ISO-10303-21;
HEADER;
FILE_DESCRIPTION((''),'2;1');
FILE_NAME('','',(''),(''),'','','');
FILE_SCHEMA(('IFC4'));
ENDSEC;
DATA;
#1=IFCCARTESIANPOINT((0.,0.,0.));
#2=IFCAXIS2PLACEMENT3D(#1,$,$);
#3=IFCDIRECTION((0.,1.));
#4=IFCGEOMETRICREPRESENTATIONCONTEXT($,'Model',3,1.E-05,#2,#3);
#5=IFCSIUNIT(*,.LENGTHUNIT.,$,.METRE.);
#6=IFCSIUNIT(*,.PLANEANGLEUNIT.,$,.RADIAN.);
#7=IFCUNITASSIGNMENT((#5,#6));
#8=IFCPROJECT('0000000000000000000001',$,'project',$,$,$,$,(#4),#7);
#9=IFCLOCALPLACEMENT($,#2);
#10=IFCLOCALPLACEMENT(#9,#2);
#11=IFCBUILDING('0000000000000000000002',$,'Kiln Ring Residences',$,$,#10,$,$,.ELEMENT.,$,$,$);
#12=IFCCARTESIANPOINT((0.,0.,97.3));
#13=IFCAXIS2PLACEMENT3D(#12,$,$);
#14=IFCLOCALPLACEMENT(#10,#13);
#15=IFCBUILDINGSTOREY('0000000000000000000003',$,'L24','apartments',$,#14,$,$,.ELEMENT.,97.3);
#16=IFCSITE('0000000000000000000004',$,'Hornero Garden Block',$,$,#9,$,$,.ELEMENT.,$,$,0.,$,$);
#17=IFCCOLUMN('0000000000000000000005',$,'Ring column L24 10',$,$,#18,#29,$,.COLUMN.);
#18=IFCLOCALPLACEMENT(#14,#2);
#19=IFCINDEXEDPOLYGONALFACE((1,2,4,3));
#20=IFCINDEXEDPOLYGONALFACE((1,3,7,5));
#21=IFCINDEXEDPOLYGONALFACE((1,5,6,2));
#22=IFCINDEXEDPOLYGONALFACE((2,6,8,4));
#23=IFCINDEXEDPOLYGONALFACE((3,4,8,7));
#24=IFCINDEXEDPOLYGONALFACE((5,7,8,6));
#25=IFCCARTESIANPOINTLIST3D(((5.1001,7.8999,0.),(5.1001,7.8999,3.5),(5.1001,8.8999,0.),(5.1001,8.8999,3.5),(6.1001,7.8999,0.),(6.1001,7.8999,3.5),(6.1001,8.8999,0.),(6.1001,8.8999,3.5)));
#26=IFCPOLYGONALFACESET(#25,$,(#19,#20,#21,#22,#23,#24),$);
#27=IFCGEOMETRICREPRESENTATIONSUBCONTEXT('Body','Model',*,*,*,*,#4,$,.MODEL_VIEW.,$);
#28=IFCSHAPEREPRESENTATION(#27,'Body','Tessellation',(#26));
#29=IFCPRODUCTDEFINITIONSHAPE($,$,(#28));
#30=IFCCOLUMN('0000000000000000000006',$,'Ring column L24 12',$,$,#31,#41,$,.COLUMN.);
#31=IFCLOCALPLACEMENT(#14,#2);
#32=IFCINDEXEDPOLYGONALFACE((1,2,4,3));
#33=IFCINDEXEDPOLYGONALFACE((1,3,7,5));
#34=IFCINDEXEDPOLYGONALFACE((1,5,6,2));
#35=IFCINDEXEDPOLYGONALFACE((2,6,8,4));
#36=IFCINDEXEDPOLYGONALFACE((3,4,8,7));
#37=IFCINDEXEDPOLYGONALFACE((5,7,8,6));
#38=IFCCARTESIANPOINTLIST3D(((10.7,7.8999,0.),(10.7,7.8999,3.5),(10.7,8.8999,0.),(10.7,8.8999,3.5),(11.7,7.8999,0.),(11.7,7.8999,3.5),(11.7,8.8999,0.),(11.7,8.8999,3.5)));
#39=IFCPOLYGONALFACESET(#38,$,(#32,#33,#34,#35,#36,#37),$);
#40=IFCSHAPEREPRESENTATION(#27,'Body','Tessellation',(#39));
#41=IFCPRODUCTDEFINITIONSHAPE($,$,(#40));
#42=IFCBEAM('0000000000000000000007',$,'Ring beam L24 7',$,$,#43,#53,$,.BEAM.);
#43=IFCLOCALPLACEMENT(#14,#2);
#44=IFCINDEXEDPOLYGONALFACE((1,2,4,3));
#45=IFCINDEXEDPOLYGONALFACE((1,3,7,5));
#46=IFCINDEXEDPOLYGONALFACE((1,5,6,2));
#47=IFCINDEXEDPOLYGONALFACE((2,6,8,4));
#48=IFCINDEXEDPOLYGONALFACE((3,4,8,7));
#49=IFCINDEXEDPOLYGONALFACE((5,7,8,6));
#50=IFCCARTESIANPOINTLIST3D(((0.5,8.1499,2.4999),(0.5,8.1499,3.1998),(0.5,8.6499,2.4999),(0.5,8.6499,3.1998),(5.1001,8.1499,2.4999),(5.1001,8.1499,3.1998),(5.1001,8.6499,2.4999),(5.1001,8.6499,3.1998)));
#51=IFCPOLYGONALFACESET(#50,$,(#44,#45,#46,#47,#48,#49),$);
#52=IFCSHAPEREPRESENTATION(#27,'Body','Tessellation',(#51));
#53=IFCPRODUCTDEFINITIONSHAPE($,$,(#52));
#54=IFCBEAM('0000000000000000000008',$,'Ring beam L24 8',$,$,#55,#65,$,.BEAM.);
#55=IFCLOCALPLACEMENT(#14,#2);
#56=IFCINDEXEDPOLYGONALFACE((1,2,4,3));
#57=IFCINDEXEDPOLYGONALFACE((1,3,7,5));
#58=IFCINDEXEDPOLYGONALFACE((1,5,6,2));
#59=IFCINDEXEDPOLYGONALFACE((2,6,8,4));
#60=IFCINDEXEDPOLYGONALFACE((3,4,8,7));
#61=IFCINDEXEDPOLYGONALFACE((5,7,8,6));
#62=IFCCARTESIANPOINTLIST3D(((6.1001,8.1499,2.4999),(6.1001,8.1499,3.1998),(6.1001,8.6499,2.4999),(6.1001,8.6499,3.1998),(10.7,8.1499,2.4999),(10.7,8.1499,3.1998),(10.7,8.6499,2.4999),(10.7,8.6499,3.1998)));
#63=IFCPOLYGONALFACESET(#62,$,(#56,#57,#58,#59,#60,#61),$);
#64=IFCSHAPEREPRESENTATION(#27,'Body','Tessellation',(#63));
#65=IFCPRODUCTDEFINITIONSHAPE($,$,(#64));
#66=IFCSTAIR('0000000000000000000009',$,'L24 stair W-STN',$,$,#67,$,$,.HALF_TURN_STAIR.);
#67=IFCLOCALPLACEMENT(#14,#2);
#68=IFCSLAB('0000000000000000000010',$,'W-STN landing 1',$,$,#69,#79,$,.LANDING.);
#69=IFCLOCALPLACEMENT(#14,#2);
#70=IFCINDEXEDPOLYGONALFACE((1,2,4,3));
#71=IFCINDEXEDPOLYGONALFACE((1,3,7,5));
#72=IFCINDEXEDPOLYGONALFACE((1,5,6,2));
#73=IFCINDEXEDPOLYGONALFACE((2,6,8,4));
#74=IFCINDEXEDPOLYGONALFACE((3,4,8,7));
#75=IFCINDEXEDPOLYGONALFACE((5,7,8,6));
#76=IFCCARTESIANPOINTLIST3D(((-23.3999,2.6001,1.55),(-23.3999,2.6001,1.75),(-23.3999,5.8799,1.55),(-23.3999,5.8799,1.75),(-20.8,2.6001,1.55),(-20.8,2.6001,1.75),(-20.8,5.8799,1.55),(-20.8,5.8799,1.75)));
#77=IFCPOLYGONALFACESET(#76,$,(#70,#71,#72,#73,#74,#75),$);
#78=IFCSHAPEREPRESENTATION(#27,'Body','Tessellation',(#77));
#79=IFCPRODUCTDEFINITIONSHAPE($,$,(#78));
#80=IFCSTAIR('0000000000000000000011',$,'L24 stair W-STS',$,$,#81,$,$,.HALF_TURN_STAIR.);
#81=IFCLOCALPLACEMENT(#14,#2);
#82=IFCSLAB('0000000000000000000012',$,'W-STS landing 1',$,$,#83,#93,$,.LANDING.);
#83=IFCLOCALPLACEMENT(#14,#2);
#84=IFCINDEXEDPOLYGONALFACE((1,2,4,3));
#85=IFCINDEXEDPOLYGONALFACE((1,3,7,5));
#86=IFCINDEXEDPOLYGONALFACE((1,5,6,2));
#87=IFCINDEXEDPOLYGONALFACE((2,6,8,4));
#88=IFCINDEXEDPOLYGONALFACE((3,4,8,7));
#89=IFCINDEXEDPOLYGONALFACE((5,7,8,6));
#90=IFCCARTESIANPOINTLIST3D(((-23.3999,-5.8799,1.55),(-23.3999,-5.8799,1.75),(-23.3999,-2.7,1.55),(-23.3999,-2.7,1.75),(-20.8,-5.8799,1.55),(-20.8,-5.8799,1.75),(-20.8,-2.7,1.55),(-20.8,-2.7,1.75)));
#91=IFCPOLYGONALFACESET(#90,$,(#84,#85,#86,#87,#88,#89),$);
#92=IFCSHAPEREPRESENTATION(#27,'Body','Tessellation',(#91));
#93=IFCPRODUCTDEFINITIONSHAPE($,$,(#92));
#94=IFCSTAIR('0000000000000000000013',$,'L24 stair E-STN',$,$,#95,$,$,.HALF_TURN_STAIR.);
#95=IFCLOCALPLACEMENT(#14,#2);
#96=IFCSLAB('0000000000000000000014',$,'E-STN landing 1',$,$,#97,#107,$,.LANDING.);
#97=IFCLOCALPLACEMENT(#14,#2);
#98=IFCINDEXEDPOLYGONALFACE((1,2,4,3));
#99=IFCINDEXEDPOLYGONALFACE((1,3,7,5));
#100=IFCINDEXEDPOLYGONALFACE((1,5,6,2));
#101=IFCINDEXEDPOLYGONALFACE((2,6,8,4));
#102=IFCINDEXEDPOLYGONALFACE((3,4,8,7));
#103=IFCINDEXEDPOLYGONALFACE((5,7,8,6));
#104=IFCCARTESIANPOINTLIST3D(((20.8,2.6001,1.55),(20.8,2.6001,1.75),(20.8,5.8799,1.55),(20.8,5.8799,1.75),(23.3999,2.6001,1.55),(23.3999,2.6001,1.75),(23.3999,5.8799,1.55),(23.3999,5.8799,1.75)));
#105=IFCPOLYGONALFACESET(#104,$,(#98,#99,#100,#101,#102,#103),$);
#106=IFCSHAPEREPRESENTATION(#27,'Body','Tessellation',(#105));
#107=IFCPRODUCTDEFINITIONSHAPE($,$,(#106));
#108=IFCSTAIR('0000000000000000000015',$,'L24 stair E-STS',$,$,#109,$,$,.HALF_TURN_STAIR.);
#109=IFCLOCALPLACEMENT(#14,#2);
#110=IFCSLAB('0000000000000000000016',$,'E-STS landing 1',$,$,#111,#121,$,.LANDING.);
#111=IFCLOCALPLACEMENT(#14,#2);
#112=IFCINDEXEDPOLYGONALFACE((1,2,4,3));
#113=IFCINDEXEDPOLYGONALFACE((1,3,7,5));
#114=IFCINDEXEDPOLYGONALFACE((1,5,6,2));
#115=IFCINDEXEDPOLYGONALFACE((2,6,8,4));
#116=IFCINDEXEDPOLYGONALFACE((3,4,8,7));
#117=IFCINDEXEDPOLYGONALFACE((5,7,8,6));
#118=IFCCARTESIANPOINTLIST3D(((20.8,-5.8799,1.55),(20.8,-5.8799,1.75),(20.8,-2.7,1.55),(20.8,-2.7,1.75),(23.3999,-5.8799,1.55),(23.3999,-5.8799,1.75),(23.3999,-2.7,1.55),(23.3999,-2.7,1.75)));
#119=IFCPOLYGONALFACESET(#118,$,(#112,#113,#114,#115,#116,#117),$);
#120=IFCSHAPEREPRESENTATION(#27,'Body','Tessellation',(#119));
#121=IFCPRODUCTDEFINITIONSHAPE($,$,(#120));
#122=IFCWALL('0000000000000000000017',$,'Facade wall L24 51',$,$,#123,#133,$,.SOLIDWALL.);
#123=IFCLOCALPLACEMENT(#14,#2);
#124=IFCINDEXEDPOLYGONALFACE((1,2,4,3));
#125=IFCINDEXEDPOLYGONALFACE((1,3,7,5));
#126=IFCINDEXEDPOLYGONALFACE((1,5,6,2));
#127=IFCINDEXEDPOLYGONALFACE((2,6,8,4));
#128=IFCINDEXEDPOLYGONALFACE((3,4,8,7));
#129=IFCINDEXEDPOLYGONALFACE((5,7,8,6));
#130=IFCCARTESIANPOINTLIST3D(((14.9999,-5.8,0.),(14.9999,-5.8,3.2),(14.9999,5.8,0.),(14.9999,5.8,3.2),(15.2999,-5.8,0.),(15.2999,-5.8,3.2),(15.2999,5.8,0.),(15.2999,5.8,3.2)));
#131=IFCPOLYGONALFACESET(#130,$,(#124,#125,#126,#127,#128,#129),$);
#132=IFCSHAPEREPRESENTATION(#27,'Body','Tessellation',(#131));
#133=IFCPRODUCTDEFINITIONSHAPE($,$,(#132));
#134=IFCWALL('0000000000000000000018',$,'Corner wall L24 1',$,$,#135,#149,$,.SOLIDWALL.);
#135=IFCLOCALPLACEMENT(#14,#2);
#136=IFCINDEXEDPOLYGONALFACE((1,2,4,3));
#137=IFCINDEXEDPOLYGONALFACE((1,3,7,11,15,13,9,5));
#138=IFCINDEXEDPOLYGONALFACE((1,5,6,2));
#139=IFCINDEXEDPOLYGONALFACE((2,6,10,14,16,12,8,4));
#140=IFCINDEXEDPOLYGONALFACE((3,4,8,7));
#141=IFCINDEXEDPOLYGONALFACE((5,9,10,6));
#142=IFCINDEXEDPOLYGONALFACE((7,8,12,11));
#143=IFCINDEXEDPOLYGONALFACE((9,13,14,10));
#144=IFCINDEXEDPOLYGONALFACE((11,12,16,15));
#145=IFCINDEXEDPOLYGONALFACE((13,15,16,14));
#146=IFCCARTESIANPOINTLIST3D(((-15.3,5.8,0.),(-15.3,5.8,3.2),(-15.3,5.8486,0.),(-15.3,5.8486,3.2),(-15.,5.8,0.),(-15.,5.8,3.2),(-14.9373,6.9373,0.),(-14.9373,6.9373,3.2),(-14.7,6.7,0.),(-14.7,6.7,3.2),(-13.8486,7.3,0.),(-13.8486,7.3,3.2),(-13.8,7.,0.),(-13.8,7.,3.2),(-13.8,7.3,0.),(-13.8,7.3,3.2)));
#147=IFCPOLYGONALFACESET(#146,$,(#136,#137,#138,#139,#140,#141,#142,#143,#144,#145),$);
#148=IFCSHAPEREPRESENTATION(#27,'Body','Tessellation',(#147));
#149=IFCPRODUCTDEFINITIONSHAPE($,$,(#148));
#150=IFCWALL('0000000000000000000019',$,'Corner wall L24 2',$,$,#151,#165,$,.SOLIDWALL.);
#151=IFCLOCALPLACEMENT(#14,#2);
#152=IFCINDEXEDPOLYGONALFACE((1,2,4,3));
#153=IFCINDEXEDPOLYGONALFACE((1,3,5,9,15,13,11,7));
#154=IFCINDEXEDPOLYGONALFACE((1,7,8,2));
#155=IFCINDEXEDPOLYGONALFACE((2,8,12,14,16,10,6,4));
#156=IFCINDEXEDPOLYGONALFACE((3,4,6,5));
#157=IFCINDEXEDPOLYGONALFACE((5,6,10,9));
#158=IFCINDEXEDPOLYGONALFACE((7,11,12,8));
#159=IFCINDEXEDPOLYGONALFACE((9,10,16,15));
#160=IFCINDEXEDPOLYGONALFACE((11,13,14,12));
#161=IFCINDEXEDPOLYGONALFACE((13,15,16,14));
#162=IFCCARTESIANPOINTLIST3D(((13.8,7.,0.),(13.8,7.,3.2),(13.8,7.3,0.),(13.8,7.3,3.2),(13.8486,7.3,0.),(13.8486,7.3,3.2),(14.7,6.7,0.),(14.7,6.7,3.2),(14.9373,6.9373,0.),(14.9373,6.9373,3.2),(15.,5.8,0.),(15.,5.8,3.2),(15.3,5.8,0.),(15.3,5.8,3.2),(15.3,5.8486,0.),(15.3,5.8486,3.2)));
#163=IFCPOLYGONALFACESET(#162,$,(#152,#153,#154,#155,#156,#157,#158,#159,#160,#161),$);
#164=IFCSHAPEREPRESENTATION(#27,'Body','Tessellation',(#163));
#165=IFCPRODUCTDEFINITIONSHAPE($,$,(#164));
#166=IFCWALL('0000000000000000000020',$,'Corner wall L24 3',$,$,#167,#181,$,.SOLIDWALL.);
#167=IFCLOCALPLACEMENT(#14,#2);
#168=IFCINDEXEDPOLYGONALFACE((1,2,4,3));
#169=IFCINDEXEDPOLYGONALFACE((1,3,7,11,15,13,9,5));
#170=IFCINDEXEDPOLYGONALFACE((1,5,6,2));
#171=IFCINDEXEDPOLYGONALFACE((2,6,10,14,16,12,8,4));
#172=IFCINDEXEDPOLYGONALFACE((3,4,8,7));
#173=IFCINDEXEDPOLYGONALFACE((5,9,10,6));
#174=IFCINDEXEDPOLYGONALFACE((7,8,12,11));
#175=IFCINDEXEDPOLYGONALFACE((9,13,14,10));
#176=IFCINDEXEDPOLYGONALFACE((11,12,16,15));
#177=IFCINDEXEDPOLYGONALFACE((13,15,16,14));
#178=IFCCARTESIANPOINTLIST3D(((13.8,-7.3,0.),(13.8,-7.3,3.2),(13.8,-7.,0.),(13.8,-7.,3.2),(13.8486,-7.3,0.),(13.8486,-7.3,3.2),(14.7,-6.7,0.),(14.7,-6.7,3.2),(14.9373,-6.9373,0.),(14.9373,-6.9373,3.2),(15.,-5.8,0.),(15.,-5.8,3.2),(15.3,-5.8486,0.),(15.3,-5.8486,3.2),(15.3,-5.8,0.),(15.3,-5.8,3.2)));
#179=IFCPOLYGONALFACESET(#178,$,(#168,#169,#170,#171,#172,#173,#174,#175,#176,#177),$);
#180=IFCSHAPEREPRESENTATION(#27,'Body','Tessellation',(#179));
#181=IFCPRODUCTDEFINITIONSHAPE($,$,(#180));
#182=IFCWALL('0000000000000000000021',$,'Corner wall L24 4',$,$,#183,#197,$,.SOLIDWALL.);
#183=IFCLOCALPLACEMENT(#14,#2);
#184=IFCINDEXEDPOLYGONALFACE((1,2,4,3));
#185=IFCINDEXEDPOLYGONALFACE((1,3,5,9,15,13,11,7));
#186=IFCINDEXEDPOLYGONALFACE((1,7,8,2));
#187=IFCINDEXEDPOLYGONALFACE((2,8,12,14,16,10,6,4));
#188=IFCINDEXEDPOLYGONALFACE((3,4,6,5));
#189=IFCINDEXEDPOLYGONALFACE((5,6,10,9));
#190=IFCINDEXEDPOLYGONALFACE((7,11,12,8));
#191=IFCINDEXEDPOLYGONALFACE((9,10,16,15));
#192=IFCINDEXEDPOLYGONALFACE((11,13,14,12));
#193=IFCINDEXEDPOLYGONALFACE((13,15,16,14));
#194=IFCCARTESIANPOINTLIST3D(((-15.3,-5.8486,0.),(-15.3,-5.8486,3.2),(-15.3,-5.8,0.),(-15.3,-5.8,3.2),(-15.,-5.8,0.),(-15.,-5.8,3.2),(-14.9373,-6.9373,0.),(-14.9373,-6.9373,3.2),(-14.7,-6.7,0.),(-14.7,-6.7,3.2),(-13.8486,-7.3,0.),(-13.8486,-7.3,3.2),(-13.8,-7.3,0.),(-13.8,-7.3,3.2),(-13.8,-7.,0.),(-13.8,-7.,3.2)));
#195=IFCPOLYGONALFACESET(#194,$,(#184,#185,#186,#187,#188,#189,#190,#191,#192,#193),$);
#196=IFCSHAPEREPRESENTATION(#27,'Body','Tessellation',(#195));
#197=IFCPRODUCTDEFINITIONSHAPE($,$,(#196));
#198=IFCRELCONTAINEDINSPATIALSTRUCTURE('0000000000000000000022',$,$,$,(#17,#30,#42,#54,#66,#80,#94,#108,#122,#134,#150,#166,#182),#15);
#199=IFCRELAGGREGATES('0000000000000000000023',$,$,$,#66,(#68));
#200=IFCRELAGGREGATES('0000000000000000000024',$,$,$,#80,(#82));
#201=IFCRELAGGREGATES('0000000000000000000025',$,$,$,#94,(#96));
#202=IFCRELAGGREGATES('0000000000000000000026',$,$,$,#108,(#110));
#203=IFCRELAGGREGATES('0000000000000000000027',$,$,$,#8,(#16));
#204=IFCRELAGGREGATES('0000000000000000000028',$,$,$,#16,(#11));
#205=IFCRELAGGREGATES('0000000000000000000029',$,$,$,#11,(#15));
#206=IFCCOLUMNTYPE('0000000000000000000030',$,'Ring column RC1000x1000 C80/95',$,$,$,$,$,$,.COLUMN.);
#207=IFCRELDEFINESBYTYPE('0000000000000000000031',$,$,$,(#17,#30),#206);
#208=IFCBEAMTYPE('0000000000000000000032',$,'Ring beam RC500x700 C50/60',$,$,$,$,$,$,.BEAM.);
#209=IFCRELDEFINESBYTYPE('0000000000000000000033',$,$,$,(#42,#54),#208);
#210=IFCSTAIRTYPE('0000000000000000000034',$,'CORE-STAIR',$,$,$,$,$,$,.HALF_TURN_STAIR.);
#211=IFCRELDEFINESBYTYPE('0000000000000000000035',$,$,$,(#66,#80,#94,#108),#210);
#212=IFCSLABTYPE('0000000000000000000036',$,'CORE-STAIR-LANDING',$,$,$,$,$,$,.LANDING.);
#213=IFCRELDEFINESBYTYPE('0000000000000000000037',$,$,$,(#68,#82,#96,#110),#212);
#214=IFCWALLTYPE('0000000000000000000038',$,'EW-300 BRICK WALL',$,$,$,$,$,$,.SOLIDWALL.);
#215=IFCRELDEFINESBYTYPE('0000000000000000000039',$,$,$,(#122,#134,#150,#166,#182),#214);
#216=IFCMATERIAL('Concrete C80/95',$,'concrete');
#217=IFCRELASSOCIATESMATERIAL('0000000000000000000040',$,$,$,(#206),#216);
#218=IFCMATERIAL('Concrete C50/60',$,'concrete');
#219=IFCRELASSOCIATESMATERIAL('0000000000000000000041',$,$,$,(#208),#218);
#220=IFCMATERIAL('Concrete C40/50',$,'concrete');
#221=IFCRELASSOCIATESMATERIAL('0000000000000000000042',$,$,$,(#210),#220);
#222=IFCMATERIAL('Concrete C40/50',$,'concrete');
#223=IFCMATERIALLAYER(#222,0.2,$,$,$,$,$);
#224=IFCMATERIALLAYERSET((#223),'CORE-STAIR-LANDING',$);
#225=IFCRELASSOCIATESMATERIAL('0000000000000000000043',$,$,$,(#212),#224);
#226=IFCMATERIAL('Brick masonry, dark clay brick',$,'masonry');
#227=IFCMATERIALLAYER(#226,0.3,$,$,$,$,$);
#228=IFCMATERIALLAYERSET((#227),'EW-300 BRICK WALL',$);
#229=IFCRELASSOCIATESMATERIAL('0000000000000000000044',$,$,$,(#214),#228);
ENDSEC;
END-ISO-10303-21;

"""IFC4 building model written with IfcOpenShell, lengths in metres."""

from ifc_helpers import new_model, si_unit, direction, frame, frame_2d, origin, origin_2d, place, context, subcontext, project, spatial, polyline, rectangle, outline, extrude, material, layer, layer_set, material_profile, profile_set, type_object, element, aggregate, save


model = new_model("IFC4")

# Units and contexts
model_context = context("Model", 3, precision=1e-05, world=origin(), true_north=direction((0.0, 1.0)))
body_context = subcontext(model_context, "Body", "Model", "MODEL_VIEW")
ifc_project = project(units=[si_unit("LENGTHUNIT", "METRE"), si_unit("PLANEANGLEUNIT", "RADIAN")], contexts=[model_context])

# Site, building, storey
site_placement = place(None, origin())
site = spatial("IfcSite", under=ifc_project, at=site_placement, Name="Hornero Garden Block", CompositionType="ELEMENT", RefElevation=0.0)
building_placement = place(site_placement, origin())
building = spatial("IfcBuilding", under=site, at=building_placement, Name="Kiln Ring Residences", CompositionType="ELEMENT")
storey_placement = place(building_placement, frame((0.0, 0.0, 97.3)))
storey = spatial("IfcBuildingStorey", under=building, at=storey_placement, Name="L24", Description="apartments", CompositionType="ELEMENT", Elevation=97.3)

# Columns
ifc_material_1 = material(Name="Concrete C80/95", Category="concrete")
ifc_material_profile_1 = material_profile(ifc_material_1, rectangle(XDim=1.0, YDim=1.0, at=origin_2d()), Name="RC1000x1000")
ifc_profile_set_1 = profile_set([ifc_material_profile_1], Name="Concrete C80/95")
column_type = type_object("IfcColumnType", Name="Ring column RC1000x1000 C80/95", PredefinedType="COLUMN", material=ifc_profile_set_1)
for number, where, z_axis, x_axis, name in (
    (1, (5.6001, 8.3999, 0.0), (0.0, 0.0, 1.0), (1.0, 0.0, 0.0), "Ring column L24 10"),
    (2, (11.2, 8.3999, 0.0), (0.0, 0.0, 1.0), (1.0, 0.0, 0.0), "Ring column L24 12"),
):
    element("IfcColumn", number, at=place(storey_placement, frame(where, z_axis=z_axis, x_axis=x_axis)), inside=storey, type_object=column_type, Name=name, PredefinedType="COLUMN", context=body_context, shape_type="SweptSolid", body=[
        extrude(rectangle(XDim=1.0, YDim=1.0, at=origin_2d()), origin(), (0.0, 0.0, 1.0), 3.5),
    ])

# Beams
ifc_material_2 = material(Name="Concrete C50/60", Category="concrete")
ifc_material_profile_2 = material_profile(ifc_material_2, rectangle(XDim=0.5, YDim=0.7, at=origin_2d()), Name="RC500x700")
ifc_profile_set_2 = profile_set([ifc_material_profile_2], Name="Concrete C50/60")
beam_type = type_object("IfcBeamType", Name="Ring beam RC500x700 C50/60", PredefinedType="BEAM", material=ifc_profile_set_2)
beam_1_placement = place(storey_placement, frame((0.5, 8.3999, 2.8499), z_axis=(1.0, 0.0, 0.0), x_axis=(0.0, 1.0, 0.0)))
element("IfcBeam", 3, at=beam_1_placement, inside=storey, type_object=beam_type, Name="Ring beam L24 7", PredefinedType="BEAM", context=body_context, shape_type="SweptSolid", body=[
    extrude(rectangle(XDim=0.5, YDim=0.7, at=origin_2d()), origin(), (0.0, 0.0, 1.0), 4.6001),
])
beam_2_placement = place(storey_placement, frame((6.1001, 8.3999, 2.8499), z_axis=(1.0, 0.0, 0.0), x_axis=(0.0, 1.0, 0.0)))
element("IfcBeam", 4, at=beam_2_placement, inside=storey, type_object=beam_type, Name="Ring beam L24 8", PredefinedType="BEAM", context=body_context, shape_type="SweptSolid", body=[
    extrude(rectangle(XDim=0.5, YDim=0.7, at=origin_2d()), origin(), (0.0, 0.0, 1.0), 4.5999),
])

# Stairs, slabs
ifc_material_3 = material(Name="Concrete C40/50", Category="concrete")
stair_type = type_object("IfcStairType", Name="CORE-STAIR", PredefinedType="HALF_TURN_STAIR", material=ifc_material_3)
placement_1 = place(storey_placement, origin())
stair_1 = element("IfcStair", 5, at=placement_1, inside=storey, type_object=stair_type, Name="L24 stair W-STN", PredefinedType="HALF_TURN_STAIR")
ifc_material_4 = material(Name="Concrete C40/50", Category="concrete")
ifc_layer_1 = layer(ifc_material_4, 0.2)
ifc_layer_set_1 = layer_set([ifc_layer_1], Name="CORE-STAIR-LANDING")
slab_type = type_object("IfcSlabType", Name="CORE-STAIR-LANDING", PredefinedType="LANDING", material=ifc_layer_set_1)
placement_2 = place(storey_placement, frame((0.0, 0.0, 1.55)))
slab_1 = element("IfcSlab", 6, at=placement_2, type_object=slab_type, Name="W-STN landing 1", PredefinedType="LANDING", context=body_context, shape_type="SweptSolid", body=[
    extrude(outline(polyline([(-23.3999, 5.8799), (-23.3999, 2.6001), (-20.8, 2.6001), (-20.8, 5.8799), (-23.3999, 5.8799)])), origin(), (0.0, 0.0, 1.0), 0.2),
])
aggregate(stair_1, [slab_1])
stair_2 = element("IfcStair", 7, at=placement_1, inside=storey, type_object=stair_type, Name="L24 stair W-STS", PredefinedType="HALF_TURN_STAIR")
slab_2 = element("IfcSlab", 8, at=placement_2, type_object=slab_type, Name="W-STS landing 1", PredefinedType="LANDING", context=body_context, shape_type="SweptSolid", body=[
    extrude(outline(polyline([(-20.8, -5.8799), (-20.8, -2.7), (-23.3999, -2.7), (-23.3999, -5.8799), (-20.8, -5.8799)])), origin(), (0.0, 0.0, 1.0), 0.2),
])
aggregate(stair_2, [slab_2])
stair_3 = element("IfcStair", 9, at=placement_1, inside=storey, type_object=stair_type, Name="L24 stair E-STN", PredefinedType="HALF_TURN_STAIR")
slab_3 = element("IfcSlab", 10, at=placement_2, type_object=slab_type, Name="E-STN landing 1", PredefinedType="LANDING", context=body_context, shape_type="SweptSolid", body=[
    extrude(outline(polyline([(20.8, 5.8799), (20.8, 2.6001), (23.3999, 2.6001), (23.3999, 5.8799), (20.8, 5.8799)])), origin(), (0.0, 0.0, 1.0), 0.2),
])
aggregate(stair_3, [slab_3])
stair_4 = element("IfcStair", 11, at=placement_1, inside=storey, type_object=stair_type, Name="L24 stair E-STS", PredefinedType="HALF_TURN_STAIR")
slab_4 = element("IfcSlab", 12, at=placement_2, type_object=slab_type, Name="E-STS landing 1", PredefinedType="LANDING", context=body_context, shape_type="SweptSolid", body=[
    extrude(outline(polyline([(23.3999, -5.8799), (23.3999, -2.7), (20.8, -2.7), (20.8, -5.8799), (23.3999, -5.8799)])), origin(), (0.0, 0.0, 1.0), 0.2),
])
aggregate(stair_4, [slab_4])

# Walls
ifc_material_5 = material(Name="Brick masonry, dark clay brick", Category="masonry")
ifc_layer_2 = layer(ifc_material_5, 0.3)
ifc_layer_set_2 = layer_set([ifc_layer_2], Name="EW-300 BRICK WALL")
wall_type_1 = type_object("IfcWallType", Name="EW-300 BRICK WALL", PredefinedType="SOLIDWALL", material=ifc_layer_set_2)
wall_1_placement = place(storey_placement, frame((15.1499, 5.8, 0.0), z_axis=(0.0, 0.0, 1.0), x_axis=(0.0, -1.0, 0.0)))
element("IfcWall", 13, at=wall_1_placement, inside=storey, type_object=wall_type_1, Name="Facade wall L24 51", PredefinedType="SOLIDWALL", context=body_context, shape_type="SweptSolid", body=[
    extrude(rectangle(XDim=11.6001, YDim=0.3, at=frame_2d((5.8, 0.0))), origin(), (0.0, 0.0, 1.0), 3.2),
])
element("IfcWall", 14, at=placement_1, inside=storey, type_object=wall_type_1, Name="Corner wall L24 1", PredefinedType="SOLIDWALL", context=body_context, shape_type="SweptSolid", body=[
    extrude(outline(polyline([(-13.8486, 7.3), (-14.9373, 6.9373), (-15.3, 5.8486), (-15.3, 5.8), (-15.0, 5.8), (-14.7, 6.7), (-13.8, 7.0), (-13.8, 7.3), (-13.8486, 7.3)])), origin(), (0.0, 0.0, 1.0), 3.2),
])
element("IfcWall", 15, at=placement_1, inside=storey, type_object=wall_type_1, Name="Corner wall L24 2", PredefinedType="SOLIDWALL", context=body_context, shape_type="SweptSolid", body=[
    extrude(outline(polyline([(14.9373, 6.9373), (13.8486, 7.3), (13.8, 7.3), (13.8, 7.0), (14.7, 6.7), (15.0, 5.8), (15.3, 5.8), (15.3, 5.8486), (14.9373, 6.9373)])), origin(), (0.0, 0.0, 1.0), 3.2),
])
element("IfcWall", 16, at=placement_1, inside=storey, type_object=wall_type_1, Name="Corner wall L24 3", PredefinedType="SOLIDWALL", context=body_context, shape_type="SweptSolid", body=[
    extrude(outline(polyline([(14.9373, -6.9373), (15.3, -5.8486), (15.3, -5.8), (15.0, -5.8), (14.7, -6.7), (13.8, -7.0), (13.8, -7.3), (13.8486, -7.3), (14.9373, -6.9373)])), origin(), (0.0, 0.0, 1.0), 3.2),
])
element("IfcWall", 17, at=placement_1, inside=storey, type_object=wall_type_1, Name="Corner wall L24 4", PredefinedType="SOLIDWALL", context=body_context, shape_type="SweptSolid", body=[
    extrude(outline(polyline([(-14.9373, -6.9373), (-13.8486, -7.3), (-13.8, -7.3), (-13.8, -7.0), (-14.7, -6.7), (-15.0, -5.8), (-15.3, -5.8), (-15.3, -5.8486), (-14.9373, -6.9373)])), origin(), (0.0, 0.0, 1.0), 3.2),
])

save(model, "model.ifc")
